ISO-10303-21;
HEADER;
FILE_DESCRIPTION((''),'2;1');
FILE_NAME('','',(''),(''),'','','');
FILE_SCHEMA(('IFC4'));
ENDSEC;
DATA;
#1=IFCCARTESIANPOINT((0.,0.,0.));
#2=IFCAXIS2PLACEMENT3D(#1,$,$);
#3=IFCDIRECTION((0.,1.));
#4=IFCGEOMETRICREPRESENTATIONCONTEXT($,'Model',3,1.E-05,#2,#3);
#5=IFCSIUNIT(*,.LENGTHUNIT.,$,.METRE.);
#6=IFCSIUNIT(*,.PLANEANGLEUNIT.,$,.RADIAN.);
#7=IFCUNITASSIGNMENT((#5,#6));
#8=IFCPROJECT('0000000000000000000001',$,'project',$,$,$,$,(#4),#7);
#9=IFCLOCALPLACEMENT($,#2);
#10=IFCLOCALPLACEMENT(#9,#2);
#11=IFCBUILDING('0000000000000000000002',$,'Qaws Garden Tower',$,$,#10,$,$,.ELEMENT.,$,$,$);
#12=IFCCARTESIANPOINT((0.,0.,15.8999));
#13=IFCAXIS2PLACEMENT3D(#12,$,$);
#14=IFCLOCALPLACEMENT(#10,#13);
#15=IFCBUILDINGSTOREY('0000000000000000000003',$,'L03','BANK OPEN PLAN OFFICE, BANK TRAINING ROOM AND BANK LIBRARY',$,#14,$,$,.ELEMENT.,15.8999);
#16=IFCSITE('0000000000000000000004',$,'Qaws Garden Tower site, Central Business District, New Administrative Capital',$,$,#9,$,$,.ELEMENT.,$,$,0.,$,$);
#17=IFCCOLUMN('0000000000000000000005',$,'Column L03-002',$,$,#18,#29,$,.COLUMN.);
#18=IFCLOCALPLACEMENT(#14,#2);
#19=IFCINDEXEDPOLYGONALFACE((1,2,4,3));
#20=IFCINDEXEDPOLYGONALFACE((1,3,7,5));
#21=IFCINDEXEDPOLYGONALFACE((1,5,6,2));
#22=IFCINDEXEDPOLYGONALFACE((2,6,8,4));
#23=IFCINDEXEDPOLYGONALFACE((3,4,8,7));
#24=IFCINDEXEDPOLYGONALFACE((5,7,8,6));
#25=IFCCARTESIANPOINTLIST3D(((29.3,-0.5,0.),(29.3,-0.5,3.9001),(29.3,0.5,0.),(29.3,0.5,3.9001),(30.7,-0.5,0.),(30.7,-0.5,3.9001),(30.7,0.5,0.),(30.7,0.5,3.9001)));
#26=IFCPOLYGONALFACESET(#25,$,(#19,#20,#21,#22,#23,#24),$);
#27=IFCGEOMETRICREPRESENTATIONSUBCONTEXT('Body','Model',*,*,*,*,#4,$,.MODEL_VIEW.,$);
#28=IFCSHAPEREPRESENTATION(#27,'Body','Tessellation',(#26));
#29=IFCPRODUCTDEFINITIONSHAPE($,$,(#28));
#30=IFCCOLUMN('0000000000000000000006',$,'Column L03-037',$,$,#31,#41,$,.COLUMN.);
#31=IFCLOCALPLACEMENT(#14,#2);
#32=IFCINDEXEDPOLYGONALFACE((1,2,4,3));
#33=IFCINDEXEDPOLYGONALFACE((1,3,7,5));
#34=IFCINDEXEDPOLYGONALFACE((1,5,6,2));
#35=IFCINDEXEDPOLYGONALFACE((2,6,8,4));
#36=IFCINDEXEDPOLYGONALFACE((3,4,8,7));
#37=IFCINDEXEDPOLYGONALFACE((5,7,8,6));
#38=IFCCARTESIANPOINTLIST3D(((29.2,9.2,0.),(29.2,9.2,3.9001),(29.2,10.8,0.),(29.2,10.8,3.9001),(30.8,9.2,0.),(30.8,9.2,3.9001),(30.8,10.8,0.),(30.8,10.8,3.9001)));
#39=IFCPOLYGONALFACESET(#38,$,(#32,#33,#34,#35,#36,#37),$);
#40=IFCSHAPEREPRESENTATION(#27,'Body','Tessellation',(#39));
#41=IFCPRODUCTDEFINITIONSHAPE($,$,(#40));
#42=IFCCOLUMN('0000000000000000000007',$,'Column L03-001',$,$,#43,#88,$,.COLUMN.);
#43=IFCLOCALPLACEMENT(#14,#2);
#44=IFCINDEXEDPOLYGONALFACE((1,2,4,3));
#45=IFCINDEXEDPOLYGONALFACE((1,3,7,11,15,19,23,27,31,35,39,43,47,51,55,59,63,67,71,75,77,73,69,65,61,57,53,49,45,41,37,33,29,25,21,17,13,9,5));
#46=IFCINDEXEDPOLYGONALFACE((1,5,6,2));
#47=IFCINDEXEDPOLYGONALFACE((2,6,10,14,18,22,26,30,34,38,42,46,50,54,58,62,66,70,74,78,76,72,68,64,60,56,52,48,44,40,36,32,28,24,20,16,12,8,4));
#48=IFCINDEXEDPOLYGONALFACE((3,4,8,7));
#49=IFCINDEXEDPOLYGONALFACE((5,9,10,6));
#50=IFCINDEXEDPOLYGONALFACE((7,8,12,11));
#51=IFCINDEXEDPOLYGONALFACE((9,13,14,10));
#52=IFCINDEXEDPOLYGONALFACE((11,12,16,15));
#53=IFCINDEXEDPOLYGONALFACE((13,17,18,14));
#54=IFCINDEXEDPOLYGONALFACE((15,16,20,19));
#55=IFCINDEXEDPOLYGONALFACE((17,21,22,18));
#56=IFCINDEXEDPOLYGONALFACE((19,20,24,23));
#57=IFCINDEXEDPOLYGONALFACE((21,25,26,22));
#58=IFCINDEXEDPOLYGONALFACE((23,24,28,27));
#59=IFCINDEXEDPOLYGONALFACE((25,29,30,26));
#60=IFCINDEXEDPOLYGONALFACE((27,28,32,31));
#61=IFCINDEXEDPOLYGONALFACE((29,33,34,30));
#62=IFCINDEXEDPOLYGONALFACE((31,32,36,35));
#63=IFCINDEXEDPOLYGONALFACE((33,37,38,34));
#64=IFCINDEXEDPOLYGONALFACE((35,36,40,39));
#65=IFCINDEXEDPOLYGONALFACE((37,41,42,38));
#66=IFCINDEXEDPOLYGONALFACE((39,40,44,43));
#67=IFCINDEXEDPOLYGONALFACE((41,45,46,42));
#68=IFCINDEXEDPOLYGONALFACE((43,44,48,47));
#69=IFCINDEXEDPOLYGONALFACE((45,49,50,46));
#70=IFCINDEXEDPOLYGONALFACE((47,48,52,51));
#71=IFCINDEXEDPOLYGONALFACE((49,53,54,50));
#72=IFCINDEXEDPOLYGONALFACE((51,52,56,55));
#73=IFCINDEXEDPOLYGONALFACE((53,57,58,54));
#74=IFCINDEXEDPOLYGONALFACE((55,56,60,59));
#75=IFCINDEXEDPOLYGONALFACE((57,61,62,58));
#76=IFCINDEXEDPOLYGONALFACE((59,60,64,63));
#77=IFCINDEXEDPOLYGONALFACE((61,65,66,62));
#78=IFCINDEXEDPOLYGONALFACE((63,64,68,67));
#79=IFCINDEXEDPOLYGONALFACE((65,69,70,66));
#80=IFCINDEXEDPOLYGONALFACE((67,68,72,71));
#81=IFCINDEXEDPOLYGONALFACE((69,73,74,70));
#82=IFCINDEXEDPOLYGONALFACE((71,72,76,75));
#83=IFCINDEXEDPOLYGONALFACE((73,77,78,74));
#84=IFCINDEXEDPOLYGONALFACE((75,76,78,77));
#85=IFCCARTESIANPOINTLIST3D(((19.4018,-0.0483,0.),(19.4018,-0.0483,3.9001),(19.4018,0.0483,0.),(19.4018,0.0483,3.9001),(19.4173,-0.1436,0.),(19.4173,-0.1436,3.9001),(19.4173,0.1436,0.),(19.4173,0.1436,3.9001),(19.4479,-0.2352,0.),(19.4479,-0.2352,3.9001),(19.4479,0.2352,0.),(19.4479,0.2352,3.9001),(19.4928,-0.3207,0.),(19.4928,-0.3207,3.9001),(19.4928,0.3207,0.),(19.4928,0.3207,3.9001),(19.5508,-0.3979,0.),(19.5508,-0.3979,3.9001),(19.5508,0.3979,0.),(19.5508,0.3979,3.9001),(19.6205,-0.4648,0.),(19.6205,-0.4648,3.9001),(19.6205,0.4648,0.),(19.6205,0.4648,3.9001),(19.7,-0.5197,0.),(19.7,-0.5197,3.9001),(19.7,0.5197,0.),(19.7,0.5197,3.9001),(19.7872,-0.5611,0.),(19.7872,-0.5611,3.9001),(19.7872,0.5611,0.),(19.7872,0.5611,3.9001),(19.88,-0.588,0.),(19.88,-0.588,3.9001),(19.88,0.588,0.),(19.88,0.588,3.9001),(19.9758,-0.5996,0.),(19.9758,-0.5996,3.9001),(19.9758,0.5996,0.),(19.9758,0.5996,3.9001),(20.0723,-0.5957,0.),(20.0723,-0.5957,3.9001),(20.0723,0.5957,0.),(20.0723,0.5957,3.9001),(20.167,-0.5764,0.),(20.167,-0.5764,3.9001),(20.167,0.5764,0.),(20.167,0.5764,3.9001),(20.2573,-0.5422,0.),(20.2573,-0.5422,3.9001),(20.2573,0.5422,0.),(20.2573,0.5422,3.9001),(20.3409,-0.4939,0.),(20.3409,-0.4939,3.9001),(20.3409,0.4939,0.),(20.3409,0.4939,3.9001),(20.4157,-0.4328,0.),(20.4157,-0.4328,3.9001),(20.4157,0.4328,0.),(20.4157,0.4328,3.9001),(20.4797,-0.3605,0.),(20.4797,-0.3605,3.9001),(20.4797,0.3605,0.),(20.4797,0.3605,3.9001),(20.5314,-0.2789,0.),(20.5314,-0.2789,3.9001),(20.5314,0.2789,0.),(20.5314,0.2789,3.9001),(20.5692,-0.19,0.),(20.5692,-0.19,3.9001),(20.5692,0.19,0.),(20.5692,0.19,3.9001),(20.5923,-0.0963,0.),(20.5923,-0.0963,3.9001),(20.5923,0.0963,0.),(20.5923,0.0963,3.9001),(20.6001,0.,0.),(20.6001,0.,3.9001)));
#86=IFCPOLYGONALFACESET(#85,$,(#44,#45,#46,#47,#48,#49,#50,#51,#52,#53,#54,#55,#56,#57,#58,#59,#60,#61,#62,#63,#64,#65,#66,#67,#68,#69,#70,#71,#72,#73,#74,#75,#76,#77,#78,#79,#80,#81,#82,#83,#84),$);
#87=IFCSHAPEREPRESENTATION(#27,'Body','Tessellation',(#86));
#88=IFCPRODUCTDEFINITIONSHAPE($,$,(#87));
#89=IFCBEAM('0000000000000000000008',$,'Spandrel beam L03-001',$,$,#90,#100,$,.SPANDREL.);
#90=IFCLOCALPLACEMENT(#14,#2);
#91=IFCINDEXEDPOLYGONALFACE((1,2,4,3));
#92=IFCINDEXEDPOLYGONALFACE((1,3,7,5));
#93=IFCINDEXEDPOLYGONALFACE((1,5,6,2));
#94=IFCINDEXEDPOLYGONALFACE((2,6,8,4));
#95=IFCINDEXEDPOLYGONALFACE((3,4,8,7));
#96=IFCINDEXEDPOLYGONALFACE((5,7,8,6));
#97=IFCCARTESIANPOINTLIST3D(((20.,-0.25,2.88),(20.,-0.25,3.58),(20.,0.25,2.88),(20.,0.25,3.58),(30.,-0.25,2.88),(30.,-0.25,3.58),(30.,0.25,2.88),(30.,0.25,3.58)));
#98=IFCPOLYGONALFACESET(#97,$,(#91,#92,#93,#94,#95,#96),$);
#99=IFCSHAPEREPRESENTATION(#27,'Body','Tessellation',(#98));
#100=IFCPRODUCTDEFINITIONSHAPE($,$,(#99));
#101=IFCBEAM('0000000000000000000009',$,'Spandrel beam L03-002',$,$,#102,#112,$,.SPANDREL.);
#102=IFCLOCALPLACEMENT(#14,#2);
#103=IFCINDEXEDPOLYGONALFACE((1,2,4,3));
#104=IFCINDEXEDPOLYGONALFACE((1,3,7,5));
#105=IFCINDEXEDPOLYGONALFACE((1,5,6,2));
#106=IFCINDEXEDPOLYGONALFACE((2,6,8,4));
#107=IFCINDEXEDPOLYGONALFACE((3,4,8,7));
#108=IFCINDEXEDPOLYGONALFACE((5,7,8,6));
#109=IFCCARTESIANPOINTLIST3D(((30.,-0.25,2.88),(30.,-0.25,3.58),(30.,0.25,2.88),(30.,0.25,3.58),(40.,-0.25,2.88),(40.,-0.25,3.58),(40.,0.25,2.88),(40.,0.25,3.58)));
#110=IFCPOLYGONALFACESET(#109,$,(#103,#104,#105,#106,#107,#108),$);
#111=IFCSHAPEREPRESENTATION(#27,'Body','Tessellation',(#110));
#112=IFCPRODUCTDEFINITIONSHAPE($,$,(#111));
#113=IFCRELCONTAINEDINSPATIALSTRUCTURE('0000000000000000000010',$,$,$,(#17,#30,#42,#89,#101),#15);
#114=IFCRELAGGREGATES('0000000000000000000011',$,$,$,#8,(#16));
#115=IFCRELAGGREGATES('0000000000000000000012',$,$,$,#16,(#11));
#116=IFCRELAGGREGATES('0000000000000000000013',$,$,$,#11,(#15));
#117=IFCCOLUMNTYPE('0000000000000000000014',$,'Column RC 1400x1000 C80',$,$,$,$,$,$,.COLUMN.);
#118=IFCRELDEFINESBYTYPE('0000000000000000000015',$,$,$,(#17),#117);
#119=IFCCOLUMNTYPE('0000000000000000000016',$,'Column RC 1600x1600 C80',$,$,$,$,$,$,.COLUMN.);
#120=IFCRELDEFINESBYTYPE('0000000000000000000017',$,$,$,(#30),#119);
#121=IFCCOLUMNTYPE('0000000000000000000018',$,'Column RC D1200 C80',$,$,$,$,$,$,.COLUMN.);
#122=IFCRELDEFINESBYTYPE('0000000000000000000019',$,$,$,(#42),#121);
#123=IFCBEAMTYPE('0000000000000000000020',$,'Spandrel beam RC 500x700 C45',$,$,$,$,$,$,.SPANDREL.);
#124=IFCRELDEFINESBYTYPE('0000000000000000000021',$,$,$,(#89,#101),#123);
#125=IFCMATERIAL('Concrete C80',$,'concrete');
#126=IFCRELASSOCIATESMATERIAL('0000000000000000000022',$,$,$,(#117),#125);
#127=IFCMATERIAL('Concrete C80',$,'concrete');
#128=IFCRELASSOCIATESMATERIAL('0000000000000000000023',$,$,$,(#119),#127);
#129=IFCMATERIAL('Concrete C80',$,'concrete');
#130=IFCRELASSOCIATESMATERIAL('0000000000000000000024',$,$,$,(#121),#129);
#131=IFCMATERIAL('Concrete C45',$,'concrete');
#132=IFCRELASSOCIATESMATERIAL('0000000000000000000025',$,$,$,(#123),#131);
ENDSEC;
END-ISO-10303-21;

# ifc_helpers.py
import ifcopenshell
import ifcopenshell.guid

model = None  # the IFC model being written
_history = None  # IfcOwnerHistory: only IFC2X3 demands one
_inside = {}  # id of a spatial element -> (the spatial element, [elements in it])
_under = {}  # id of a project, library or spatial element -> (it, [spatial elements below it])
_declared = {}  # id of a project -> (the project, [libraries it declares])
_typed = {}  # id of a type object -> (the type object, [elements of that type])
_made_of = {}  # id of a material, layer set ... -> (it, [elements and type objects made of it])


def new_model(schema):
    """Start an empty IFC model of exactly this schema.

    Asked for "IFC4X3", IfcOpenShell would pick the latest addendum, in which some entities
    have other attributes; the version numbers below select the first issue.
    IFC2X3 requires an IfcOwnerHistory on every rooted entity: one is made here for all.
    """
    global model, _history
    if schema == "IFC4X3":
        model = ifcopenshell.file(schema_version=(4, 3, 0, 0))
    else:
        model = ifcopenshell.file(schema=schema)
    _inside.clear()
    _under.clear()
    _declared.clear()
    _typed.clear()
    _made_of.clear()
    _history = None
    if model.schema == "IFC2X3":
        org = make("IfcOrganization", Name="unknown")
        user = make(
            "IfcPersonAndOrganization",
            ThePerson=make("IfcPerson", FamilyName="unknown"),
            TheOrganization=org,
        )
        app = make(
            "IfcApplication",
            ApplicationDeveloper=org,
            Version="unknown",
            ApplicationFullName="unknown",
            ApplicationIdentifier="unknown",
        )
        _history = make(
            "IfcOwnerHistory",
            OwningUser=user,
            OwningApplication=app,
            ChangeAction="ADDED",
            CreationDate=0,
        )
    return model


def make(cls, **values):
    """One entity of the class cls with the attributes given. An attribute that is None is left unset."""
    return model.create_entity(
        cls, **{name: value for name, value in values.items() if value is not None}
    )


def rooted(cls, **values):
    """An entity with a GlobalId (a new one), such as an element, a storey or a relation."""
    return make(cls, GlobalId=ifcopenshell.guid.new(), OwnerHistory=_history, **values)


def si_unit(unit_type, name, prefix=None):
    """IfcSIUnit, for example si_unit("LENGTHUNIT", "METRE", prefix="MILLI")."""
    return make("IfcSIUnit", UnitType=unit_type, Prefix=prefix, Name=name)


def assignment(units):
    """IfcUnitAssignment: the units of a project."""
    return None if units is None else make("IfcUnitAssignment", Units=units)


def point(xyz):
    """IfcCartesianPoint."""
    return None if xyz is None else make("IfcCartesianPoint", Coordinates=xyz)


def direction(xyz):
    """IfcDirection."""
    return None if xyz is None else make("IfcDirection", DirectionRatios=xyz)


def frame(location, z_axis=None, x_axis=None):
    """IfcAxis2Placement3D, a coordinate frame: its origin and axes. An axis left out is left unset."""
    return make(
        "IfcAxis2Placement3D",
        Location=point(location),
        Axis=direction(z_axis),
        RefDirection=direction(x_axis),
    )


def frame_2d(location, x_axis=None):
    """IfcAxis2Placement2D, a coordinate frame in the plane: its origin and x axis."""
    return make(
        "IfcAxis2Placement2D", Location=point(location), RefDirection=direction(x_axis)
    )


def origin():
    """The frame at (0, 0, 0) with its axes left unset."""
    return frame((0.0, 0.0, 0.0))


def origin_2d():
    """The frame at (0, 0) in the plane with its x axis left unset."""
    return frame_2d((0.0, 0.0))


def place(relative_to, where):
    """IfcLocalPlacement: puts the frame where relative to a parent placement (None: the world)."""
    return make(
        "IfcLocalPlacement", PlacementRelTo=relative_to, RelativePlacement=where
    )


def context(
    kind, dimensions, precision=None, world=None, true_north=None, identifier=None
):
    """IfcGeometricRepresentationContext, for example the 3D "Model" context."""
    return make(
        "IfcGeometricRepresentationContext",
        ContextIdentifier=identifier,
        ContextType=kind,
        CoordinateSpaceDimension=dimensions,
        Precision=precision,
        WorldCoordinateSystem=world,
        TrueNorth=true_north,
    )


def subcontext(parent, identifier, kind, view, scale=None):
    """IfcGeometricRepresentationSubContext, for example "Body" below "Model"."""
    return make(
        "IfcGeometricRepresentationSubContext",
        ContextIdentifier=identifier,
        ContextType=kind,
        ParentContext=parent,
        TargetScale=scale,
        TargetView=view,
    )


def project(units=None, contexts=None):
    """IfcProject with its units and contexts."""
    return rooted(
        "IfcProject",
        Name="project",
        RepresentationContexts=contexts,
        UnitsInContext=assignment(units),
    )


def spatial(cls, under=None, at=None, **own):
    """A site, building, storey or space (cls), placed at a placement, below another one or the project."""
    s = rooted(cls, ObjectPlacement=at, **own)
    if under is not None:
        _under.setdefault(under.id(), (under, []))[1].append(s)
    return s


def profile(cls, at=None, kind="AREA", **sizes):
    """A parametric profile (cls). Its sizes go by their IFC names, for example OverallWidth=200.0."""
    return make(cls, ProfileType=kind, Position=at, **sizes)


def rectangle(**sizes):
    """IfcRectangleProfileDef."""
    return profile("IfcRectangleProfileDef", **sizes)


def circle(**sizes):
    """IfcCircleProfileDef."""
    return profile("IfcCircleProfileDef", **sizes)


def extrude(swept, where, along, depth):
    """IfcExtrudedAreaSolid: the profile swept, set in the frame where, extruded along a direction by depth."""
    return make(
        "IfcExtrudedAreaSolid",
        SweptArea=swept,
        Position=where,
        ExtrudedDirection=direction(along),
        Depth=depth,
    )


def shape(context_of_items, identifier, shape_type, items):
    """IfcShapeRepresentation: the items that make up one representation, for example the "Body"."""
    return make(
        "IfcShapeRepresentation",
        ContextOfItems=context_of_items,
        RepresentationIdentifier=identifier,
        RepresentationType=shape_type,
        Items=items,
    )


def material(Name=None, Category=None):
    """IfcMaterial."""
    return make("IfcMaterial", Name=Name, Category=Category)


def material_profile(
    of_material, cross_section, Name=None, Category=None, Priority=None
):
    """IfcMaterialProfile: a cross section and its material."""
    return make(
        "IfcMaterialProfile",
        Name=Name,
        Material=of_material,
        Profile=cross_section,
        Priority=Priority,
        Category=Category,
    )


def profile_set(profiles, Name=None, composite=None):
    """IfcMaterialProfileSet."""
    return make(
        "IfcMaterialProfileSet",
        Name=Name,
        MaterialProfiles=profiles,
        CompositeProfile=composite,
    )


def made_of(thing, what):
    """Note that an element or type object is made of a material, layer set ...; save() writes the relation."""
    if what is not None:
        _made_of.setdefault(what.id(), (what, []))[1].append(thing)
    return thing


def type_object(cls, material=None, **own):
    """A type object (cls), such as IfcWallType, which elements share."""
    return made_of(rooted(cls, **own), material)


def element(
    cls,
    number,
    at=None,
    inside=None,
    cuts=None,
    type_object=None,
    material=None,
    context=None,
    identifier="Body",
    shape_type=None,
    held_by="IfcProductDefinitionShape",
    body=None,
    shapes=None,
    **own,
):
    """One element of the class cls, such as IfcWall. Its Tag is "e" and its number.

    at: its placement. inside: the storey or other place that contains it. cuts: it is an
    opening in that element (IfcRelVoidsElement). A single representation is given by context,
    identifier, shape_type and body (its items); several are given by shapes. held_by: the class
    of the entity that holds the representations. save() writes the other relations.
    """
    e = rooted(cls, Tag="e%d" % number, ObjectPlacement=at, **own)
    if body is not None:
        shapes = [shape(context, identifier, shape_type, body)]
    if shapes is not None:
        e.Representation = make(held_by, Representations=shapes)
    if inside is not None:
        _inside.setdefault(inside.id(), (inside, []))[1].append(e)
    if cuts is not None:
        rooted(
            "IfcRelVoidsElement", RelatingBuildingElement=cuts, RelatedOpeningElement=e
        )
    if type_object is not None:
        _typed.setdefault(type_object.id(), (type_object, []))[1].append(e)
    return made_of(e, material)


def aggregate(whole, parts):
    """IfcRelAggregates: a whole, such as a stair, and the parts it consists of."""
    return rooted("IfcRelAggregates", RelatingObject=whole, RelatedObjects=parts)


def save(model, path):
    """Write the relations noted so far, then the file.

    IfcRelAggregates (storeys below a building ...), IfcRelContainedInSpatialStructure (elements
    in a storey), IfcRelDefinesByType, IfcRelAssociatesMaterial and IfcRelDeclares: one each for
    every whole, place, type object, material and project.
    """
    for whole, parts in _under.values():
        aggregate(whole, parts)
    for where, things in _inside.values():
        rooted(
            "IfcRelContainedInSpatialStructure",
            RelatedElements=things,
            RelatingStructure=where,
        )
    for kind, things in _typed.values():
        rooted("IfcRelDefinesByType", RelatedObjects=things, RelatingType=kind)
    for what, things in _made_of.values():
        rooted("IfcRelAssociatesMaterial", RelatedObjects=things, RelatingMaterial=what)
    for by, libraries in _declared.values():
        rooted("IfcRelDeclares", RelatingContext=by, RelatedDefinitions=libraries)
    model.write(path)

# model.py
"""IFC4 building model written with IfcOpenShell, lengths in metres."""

from ifc_helpers import new_model, si_unit, direction, frame, origin, origin_2d, place, context, subcontext, project, spatial, rectangle, circle, extrude, material, material_profile, profile_set, type_object, element, save


model = new_model("IFC4")

# Units and contexts
model_context = context("Model", 3, precision=1e-05, world=origin(), true_north=direction((0.0, 1.0)))
body_context = subcontext(model_context, "Body", "Model", "MODEL_VIEW")
ifc_project = project(units=[si_unit("LENGTHUNIT", "METRE"), si_unit("PLANEANGLEUNIT", "RADIAN")], contexts=[model_context])

# Site, building, storey
site_placement = place(None, origin())
site = spatial("IfcSite", under=ifc_project, at=site_placement, Name="Qaws Garden Tower site, Central Business District, New Administrative Capital", CompositionType="ELEMENT", RefElevation=0.0)
building_placement = place(site_placement, origin())
building = spatial("IfcBuilding", under=site, at=building_placement, Name="Qaws Garden Tower", CompositionType="ELEMENT")
storey_placement = place(building_placement, frame((0.0, 0.0, 15.8999)))
storey = spatial("IfcBuildingStorey", under=building, at=storey_placement, Name="L03", Description="BANK OPEN PLAN OFFICE, BANK TRAINING ROOM AND BANK LIBRARY", CompositionType="ELEMENT", Elevation=15.8999)

# Columns
ifc_material_1 = material(Name="Concrete C80", Category="concrete")
ifc_material_profile_1 = material_profile(ifc_material_1, rectangle(XDim=1.3999, YDim=1.0, at=origin_2d()), Name="RC 1400x1000")
ifc_profile_set_1 = profile_set([ifc_material_profile_1], Name="Concrete C80")
column_type_1 = type_object("IfcColumnType", Name="Column RC 1400x1000 C80", PredefinedType="COLUMN", material=ifc_profile_set_1)
column_1_placement = place(storey_placement, frame((30.0, 0.0, 0.0), z_axis=(0.0, 0.0, 1.0), x_axis=(1.0, 0.0, 0.0)))
element("IfcColumn", 1, at=column_1_placement, inside=storey, type_object=column_type_1, Name="Column L03-002", PredefinedType="COLUMN", context=body_context, shape_type="SweptSolid", body=[
    extrude(rectangle(XDim=1.3999, YDim=1.0, at=origin_2d()), origin(), (0.0, 0.0, 1.0), 3.9001),
])
ifc_material_2 = material(Name="Concrete C80", Category="concrete")
ifc_material_profile_2 = material_profile(ifc_material_2, rectangle(XDim=1.6001, YDim=1.6001, at=origin_2d()), Name="RC 1600x1600")
ifc_profile_set_2 = profile_set([ifc_material_profile_2], Name="Concrete C80")
column_type_2 = type_object("IfcColumnType", Name="Column RC 1600x1600 C80", PredefinedType="COLUMN", material=ifc_profile_set_2)
column_2_placement = place(storey_placement, frame((30.0, 10.0, 0.0), z_axis=(0.0, 0.0, 1.0), x_axis=(1.0, 0.0, 0.0)))
element("IfcColumn", 2, at=column_2_placement, inside=storey, type_object=column_type_2, Name="Column L03-037", PredefinedType="COLUMN", context=body_context, shape_type="SweptSolid", body=[
    extrude(rectangle(XDim=1.6001, YDim=1.6001, at=origin_2d()), origin(), (0.0, 0.0, 1.0), 3.9001),
])
ifc_material_3 = material(Name="Concrete C80", Category="concrete")
ifc_material_profile_3 = material_profile(ifc_material_3, circle(Radius=0.6001, at=origin_2d()), Name="RC D1200")
ifc_profile_set_3 = profile_set([ifc_material_profile_3], Name="Concrete C80")
column_type_3 = type_object("IfcColumnType", Name="Column RC D1200 C80", PredefinedType="COLUMN", material=ifc_profile_set_3)
column_3_placement = place(storey_placement, frame((20.0, 0.0, 0.0), z_axis=(0.0, 0.0, 1.0), x_axis=(1.0, 0.0, 0.0)))
element("IfcColumn", 3, at=column_3_placement, inside=storey, type_object=column_type_3, Name="Column L03-001", PredefinedType="COLUMN", context=body_context, shape_type="SweptSolid", body=[
    extrude(circle(Radius=0.6001, at=origin_2d()), origin(), (0.0, 0.0, 1.0), 3.9001),
])

# Beams
ifc_material_4 = material(Name="Concrete C45", Category="concrete")
ifc_material_profile_4 = material_profile(ifc_material_4, rectangle(XDim=0.5, YDim=0.7, at=origin_2d()), Name="RC 500x700")
ifc_profile_set_4 = profile_set([ifc_material_profile_4], Name="Concrete C45")
beam_type = type_object("IfcBeamType", Name="Spandrel beam RC 500x700 C45", PredefinedType="SPANDREL", material=ifc_profile_set_4)
for number, where, z_axis, x_axis, name in (
    (4, (20.0, 0.0, 3.23), (1.0, 0.0, 0.0), (0.0, 1.0, 0.0), "Spandrel beam L03-001"),
    (5, (30.0, 0.0, 3.23), (1.0, 0.0, 0.0), (0.0, 1.0, 0.0), "Spandrel beam L03-002"),
):
    element("IfcBeam", number, at=place(storey_placement, frame(where, z_axis=z_axis, x_axis=x_axis)), inside=storey, type_object=beam_type, Name=name, PredefinedType="SPANDREL", context=body_context, shape_type="SweptSolid", body=[
        extrude(rectangle(XDim=0.5, YDim=0.7, at=origin_2d()), origin(), (0.0, 0.0, 1.0), 10.0),
    ])

save(model, "model.ifc")
